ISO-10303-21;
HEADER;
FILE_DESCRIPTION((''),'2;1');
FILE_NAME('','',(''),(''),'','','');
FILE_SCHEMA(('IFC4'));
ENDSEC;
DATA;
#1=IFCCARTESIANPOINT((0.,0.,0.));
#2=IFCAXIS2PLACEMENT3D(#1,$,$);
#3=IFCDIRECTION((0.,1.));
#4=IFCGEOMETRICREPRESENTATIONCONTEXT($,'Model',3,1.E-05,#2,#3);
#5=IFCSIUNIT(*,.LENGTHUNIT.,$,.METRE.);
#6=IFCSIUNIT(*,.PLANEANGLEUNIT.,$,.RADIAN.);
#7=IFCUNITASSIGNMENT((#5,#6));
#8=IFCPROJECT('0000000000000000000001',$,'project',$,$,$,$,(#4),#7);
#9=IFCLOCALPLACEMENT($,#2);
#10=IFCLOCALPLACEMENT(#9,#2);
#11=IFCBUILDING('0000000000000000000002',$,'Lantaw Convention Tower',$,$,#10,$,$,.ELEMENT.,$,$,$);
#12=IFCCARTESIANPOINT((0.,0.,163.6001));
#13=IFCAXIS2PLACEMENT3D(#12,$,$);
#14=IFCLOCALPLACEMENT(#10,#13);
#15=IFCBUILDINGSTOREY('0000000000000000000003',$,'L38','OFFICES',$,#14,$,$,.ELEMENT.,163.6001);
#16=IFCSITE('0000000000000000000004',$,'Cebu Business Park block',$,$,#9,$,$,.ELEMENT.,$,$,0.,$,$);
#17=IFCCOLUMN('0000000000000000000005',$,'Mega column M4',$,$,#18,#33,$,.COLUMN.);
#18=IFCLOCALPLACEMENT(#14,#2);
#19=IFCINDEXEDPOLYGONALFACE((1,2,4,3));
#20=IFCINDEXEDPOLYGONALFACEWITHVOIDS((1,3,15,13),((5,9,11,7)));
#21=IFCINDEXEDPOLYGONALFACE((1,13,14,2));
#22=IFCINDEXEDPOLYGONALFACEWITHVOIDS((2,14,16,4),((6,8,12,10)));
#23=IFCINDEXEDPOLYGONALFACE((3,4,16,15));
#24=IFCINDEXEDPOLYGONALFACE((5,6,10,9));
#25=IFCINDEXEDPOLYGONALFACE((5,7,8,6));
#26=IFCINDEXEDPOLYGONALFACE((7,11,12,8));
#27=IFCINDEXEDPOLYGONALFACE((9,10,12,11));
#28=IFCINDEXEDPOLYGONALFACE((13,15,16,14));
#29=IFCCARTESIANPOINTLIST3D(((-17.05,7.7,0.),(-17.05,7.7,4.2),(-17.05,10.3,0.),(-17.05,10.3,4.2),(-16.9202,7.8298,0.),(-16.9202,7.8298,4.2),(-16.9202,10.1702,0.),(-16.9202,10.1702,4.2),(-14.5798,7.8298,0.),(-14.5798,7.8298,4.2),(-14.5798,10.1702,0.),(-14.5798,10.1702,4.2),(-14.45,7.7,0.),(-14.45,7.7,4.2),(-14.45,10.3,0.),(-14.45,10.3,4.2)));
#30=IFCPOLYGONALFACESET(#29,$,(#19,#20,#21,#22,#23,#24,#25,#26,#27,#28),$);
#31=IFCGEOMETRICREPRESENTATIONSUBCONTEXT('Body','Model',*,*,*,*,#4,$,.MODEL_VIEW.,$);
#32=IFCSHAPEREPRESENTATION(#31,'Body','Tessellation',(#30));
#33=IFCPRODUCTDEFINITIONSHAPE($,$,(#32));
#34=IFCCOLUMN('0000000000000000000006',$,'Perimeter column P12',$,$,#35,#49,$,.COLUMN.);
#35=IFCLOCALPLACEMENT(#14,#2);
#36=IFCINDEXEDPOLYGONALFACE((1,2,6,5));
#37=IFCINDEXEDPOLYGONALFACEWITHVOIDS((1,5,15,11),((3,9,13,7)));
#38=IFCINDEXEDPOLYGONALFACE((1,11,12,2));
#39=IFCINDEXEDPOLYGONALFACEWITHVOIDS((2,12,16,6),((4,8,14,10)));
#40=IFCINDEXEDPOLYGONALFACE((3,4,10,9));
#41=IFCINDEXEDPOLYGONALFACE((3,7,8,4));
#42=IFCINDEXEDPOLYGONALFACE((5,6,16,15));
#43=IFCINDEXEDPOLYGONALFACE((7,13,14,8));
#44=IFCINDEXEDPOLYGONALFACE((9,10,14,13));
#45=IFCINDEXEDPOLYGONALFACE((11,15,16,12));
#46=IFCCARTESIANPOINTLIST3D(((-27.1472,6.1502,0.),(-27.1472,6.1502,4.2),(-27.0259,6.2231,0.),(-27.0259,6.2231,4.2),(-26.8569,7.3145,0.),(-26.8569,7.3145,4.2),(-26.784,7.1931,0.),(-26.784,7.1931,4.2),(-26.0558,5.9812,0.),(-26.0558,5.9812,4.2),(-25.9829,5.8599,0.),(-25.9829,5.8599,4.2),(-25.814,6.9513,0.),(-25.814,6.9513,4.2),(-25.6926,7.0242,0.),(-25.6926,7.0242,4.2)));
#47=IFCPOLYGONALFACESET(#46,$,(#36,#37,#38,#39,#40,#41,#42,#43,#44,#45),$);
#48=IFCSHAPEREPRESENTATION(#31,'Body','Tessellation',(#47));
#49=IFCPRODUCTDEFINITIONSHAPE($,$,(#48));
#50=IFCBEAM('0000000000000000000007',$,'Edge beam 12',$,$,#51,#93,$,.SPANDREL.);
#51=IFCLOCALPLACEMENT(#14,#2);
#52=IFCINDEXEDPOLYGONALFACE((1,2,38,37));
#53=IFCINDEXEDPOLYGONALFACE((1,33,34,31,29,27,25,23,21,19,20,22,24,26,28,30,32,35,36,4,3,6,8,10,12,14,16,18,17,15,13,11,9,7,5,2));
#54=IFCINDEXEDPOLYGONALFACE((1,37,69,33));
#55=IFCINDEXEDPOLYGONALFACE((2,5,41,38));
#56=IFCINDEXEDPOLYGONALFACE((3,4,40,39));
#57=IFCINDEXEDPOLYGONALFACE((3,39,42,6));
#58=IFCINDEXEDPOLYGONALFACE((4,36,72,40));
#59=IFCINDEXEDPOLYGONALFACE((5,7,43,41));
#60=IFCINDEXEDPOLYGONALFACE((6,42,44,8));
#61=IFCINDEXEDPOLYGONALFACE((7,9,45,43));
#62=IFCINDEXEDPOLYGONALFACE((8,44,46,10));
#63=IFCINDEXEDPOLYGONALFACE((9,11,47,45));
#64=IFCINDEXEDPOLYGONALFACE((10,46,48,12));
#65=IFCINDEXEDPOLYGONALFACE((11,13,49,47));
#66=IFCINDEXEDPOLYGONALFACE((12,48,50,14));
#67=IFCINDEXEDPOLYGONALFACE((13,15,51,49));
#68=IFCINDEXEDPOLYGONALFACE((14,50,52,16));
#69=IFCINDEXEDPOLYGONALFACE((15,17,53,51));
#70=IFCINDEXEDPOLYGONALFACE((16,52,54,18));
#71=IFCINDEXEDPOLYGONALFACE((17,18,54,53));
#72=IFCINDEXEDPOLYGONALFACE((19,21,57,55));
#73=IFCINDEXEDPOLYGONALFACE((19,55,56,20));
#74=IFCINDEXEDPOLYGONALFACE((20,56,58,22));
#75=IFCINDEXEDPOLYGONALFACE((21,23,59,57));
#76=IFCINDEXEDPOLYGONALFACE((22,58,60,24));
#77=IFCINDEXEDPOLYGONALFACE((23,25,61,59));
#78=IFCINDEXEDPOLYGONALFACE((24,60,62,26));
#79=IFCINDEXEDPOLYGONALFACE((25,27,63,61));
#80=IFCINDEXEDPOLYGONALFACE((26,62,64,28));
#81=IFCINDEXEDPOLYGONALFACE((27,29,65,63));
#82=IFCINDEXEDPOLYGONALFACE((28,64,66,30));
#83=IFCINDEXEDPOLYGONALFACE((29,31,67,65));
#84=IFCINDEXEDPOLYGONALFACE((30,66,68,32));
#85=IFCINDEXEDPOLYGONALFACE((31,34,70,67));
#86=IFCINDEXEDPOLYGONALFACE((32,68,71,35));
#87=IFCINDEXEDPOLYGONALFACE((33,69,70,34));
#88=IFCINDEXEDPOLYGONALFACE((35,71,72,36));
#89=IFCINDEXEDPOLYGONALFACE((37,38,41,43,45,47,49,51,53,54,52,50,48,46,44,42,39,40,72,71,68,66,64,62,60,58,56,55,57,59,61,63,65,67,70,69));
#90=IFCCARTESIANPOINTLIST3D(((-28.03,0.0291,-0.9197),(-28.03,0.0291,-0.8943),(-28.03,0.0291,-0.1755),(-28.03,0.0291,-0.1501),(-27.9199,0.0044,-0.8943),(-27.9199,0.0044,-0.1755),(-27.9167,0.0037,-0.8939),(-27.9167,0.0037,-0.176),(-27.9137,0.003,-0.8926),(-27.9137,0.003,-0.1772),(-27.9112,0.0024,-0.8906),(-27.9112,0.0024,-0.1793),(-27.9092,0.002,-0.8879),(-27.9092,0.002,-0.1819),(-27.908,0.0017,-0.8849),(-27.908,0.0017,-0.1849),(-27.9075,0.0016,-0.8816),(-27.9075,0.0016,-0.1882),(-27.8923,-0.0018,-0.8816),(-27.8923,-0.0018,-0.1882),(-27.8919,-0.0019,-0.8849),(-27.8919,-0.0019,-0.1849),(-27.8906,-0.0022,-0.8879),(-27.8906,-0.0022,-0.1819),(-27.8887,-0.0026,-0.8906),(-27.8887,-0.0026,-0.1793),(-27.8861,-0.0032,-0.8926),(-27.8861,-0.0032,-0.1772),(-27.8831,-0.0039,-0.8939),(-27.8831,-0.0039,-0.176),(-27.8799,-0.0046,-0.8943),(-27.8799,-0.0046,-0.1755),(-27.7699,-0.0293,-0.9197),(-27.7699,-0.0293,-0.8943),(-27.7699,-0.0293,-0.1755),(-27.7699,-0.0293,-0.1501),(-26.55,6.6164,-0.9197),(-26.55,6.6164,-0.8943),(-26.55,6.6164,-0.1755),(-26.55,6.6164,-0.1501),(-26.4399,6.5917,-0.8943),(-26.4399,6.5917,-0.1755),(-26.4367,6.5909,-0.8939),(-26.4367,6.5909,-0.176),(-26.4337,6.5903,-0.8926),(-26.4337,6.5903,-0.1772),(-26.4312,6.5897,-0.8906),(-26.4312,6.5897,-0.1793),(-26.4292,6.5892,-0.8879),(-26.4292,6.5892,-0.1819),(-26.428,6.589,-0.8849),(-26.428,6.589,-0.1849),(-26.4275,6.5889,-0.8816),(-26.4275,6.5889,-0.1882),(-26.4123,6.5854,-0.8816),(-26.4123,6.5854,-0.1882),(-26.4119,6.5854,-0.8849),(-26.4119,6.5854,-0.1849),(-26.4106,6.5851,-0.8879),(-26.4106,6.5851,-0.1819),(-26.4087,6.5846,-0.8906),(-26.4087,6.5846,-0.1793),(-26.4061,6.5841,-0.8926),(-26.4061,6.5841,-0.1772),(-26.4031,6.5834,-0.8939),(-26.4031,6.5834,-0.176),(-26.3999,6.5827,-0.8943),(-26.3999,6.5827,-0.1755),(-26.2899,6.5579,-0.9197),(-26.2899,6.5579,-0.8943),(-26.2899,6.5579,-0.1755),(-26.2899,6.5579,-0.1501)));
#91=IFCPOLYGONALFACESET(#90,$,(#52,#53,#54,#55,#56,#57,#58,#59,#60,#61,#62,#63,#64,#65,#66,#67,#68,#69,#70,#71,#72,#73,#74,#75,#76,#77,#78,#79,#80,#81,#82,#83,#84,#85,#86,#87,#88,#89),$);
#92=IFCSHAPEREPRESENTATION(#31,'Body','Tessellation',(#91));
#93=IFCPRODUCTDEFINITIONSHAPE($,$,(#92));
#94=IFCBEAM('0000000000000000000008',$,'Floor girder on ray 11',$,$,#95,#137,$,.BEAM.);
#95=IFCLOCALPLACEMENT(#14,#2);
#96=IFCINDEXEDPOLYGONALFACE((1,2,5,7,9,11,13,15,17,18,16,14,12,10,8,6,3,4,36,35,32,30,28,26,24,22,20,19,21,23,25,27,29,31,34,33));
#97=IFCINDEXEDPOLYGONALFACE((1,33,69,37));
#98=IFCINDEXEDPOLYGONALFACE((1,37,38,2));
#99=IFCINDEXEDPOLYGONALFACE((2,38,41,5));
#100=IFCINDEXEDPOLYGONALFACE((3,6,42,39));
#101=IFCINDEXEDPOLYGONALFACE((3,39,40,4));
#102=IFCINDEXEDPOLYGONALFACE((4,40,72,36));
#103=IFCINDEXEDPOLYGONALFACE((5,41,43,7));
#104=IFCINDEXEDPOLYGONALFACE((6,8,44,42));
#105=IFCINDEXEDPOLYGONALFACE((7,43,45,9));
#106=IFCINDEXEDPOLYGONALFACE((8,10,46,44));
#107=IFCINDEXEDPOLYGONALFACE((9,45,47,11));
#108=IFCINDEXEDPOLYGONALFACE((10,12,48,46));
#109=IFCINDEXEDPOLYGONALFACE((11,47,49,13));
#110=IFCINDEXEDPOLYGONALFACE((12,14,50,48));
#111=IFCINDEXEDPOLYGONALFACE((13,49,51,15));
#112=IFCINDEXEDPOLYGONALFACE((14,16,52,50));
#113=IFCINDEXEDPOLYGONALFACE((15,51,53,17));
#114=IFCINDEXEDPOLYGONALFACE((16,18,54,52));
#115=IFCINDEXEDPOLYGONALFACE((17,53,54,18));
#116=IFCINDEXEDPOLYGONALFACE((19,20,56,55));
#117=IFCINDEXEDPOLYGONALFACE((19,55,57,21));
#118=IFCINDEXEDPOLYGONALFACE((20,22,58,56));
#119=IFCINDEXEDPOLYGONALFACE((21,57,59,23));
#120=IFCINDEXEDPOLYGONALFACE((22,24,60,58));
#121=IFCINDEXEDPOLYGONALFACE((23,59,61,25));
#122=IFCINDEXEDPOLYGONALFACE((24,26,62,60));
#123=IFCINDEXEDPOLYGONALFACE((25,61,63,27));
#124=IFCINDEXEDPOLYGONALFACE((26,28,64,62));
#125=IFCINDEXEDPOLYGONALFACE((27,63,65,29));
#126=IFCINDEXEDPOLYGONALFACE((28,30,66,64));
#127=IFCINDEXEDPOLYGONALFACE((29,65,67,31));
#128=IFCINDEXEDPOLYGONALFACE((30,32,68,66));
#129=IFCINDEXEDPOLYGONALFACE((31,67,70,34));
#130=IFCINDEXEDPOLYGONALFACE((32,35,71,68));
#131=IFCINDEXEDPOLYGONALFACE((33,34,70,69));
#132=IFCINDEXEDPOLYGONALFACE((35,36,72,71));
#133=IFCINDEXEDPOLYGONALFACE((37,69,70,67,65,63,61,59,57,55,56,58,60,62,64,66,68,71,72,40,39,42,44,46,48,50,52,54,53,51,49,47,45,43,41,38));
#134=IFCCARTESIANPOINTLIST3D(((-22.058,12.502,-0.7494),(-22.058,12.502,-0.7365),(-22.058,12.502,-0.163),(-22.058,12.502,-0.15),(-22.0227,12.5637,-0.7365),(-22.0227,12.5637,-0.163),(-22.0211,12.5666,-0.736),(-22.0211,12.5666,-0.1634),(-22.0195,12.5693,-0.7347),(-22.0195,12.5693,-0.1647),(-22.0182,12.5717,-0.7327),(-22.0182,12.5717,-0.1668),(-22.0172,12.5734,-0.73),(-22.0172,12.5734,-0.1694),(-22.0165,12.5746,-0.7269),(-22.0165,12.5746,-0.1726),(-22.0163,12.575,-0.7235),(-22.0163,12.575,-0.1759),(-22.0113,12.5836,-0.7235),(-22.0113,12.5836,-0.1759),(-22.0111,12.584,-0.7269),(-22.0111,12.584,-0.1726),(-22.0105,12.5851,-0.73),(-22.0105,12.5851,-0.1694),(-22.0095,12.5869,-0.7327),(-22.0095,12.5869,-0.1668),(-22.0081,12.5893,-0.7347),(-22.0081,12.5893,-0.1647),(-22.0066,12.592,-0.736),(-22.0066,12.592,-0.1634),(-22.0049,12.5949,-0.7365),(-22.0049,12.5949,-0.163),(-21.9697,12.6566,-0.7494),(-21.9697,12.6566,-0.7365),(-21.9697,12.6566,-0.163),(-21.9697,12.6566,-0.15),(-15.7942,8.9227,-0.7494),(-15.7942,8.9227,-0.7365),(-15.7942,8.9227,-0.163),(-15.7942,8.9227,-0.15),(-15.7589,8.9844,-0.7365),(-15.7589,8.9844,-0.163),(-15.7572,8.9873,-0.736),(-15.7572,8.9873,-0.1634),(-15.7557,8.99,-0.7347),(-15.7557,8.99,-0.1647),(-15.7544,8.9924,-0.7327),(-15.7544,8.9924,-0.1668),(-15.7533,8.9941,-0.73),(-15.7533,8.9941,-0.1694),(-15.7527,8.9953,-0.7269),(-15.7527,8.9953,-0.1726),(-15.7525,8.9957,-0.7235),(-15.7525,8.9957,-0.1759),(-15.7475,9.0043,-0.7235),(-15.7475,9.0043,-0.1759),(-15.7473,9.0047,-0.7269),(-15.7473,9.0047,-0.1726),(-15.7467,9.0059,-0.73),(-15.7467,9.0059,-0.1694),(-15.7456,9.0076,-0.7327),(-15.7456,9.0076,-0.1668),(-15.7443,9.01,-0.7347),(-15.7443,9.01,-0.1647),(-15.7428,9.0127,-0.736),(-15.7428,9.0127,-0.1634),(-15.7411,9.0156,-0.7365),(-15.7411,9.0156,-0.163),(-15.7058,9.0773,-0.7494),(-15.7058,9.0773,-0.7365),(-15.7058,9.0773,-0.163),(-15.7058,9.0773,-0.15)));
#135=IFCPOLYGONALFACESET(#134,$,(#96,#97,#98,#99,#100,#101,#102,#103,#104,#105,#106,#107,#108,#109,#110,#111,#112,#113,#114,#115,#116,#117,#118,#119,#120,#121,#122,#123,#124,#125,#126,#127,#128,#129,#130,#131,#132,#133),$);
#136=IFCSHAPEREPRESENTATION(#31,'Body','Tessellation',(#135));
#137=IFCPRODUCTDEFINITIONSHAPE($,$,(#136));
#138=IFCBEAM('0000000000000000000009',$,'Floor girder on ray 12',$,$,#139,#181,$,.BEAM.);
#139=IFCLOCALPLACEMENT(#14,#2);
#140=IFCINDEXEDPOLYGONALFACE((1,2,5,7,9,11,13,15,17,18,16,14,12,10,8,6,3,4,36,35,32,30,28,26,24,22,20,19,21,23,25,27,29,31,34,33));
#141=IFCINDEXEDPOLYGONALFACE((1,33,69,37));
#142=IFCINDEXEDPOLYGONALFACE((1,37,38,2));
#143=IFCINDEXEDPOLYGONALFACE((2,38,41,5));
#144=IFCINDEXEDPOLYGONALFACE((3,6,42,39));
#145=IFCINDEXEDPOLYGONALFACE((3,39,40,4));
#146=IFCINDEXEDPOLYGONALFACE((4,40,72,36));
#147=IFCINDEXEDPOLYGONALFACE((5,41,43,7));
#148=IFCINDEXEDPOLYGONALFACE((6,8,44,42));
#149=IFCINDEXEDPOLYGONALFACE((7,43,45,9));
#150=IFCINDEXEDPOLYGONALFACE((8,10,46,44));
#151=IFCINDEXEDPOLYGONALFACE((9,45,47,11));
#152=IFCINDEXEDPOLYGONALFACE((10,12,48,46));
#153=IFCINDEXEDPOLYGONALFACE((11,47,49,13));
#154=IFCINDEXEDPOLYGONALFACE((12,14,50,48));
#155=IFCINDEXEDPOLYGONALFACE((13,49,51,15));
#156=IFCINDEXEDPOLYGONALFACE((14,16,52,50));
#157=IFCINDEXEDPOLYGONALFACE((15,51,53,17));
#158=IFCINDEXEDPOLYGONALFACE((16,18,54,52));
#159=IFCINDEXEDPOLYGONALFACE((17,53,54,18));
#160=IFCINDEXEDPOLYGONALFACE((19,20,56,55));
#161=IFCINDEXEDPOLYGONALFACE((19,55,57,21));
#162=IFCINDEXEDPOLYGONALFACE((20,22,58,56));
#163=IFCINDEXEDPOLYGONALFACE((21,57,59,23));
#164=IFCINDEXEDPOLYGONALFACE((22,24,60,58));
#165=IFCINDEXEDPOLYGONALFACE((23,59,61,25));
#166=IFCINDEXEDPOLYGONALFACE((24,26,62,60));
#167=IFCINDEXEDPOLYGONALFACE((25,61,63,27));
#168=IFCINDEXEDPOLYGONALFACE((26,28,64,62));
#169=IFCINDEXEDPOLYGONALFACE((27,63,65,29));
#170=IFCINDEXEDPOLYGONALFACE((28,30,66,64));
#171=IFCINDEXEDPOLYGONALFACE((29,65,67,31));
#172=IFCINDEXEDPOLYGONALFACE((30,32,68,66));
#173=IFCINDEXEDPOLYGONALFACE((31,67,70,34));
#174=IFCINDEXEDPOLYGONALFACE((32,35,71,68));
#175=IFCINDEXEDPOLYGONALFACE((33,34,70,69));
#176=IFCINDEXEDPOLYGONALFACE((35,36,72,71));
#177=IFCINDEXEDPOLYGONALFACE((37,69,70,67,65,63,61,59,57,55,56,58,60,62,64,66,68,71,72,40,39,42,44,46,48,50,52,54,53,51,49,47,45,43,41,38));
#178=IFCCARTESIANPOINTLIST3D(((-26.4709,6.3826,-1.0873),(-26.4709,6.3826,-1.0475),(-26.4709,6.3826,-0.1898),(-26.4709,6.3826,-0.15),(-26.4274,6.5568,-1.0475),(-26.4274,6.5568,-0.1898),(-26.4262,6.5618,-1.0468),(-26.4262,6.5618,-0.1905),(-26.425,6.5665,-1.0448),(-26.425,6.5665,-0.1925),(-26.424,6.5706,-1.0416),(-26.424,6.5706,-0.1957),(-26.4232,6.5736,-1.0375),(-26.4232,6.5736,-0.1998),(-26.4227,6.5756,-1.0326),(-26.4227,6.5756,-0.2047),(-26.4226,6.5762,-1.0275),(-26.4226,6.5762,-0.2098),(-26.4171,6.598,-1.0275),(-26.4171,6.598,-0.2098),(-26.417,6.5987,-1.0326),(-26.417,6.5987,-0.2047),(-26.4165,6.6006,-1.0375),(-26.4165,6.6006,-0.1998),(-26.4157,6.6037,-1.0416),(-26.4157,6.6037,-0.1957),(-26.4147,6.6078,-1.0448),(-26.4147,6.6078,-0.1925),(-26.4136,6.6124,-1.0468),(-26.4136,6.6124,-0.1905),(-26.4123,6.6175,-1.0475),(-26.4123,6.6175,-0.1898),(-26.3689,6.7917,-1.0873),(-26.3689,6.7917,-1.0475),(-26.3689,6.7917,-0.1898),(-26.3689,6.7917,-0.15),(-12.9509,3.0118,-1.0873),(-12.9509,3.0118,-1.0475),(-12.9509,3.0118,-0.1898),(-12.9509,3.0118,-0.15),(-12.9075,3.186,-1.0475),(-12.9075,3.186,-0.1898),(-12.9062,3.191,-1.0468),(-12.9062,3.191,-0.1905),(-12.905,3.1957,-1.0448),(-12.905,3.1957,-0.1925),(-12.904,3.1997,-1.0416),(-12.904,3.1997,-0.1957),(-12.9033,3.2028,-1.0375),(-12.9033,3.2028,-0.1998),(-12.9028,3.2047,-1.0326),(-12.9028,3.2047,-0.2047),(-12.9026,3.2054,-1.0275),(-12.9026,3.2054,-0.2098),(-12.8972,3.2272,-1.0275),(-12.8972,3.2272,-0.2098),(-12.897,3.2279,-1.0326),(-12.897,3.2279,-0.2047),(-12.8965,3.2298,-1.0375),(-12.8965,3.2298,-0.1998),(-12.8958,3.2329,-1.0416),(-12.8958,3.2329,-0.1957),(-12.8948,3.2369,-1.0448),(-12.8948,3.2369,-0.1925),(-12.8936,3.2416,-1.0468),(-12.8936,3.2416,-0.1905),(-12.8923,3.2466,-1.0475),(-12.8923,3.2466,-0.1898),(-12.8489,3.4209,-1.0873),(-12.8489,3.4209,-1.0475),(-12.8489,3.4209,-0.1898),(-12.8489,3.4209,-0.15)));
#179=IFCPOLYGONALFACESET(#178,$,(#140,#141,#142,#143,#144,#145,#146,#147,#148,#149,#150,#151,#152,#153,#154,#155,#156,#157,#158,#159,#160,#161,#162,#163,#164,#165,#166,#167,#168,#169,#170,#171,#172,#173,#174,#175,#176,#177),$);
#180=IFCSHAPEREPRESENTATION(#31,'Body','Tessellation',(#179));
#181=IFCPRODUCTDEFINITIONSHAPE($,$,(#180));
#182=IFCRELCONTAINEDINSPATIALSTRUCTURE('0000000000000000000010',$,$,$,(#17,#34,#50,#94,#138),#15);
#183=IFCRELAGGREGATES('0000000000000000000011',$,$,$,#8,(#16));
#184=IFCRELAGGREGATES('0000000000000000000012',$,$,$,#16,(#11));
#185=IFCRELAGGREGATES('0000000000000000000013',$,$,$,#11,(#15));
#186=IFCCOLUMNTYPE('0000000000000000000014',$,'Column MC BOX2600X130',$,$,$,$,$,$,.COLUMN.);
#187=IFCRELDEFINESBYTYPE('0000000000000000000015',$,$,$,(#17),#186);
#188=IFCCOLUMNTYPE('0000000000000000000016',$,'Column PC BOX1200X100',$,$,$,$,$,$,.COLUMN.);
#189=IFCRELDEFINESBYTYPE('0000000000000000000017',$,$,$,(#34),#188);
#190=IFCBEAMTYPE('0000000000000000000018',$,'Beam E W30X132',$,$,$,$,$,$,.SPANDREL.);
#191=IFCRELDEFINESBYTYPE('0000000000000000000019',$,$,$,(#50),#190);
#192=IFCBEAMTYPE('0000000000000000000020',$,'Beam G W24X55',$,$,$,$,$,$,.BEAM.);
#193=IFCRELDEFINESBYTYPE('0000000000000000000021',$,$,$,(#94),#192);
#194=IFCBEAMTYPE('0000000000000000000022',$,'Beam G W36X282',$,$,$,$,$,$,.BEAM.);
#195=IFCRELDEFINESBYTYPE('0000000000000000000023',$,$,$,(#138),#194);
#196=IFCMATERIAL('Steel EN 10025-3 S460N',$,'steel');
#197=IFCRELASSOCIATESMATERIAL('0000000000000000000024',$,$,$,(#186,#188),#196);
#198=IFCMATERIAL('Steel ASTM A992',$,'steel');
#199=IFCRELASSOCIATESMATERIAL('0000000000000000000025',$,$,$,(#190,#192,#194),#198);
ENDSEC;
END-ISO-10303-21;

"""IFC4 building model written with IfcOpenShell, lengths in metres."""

from ifc_helpers import new_model, si_unit, direction, frame, origin, origin_2d, place, context, subcontext, project, spatial, rectangle, hollow_rectangle, i_section, extrude, material, material_profile, profile_set, type_object, element, save


model = new_model("IFC4")

# Units and contexts
model_context = context("Model", 3, precision=1e-05, world=origin(), true_north=direction((0.0, 1.0)))
body_context = subcontext(model_context, "Body", "Model", "MODEL_VIEW")
ifc_project = project(units=[si_unit("LENGTHUNIT", "METRE"), si_unit("PLANEANGLEUNIT", "RADIAN")], contexts=[model_context])

# Site, building, storey
site_placement = place(None, origin())
site = spatial("IfcSite", under=ifc_project, at=site_placement, Name="Cebu Business Park block", CompositionType="ELEMENT", RefElevation=0.0)
building_placement = place(site_placement, origin())
building = spatial("IfcBuilding", under=site, at=building_placement, Name="Lantaw Convention Tower", CompositionType="ELEMENT")
storey_placement = place(building_placement, frame((0.0, 0.0, 163.6001)))
storey = spatial("IfcBuildingStorey", under=building, at=storey_placement, Name="L38", Description="OFFICES", CompositionType="ELEMENT", Elevation=163.6001)

# Columns
ifc_material_1 = material(Name="Steel EN 10025-3 S460N", Category="steel")
ifc_material_profile_1 = material_profile(ifc_material_1, hollow_rectangle(XDim=2.6001, YDim=2.6001, WallThickness=0.1299, at=origin_2d()), Name="BOX2600X130")
ifc_material_2 = material(Name="Concrete C60/75", Category="concrete")
ifc_material_profile_2 = material_profile(ifc_material_2, rectangle(XDim=2.3401, YDim=2.3401, at=origin_2d()), Name="Concrete fill of BOX2600X130")
ifc_profile_set_1 = profile_set([ifc_material_profile_1, ifc_material_profile_2], Name="Steel EN 10025-3 S460N")
column_type_1 = type_object("IfcColumnType", Name="Column MC BOX2600X130", PredefinedType="COLUMN", material=ifc_profile_set_1)
column_1_placement = place(storey_placement, frame((-15.75, 9.0, 0.0), z_axis=(0.0, 0.0, 1.0), x_axis=(1.0, 0.0, 0.0)))
element("IfcColumn", 1, at=column_1_placement, inside=storey, type_object=column_type_1, Name="Mega column M4", PredefinedType="COLUMN", context=body_context, shape_type="SweptSolid", body=[
    extrude(hollow_rectangle(XDim=2.6001, YDim=2.6001, WallThickness=0.1299, at=origin_2d()), origin(), (0.0, 0.0, 1.0), 4.2),
])
ifc_material_profile_3 = material_profile(ifc_material_1, hollow_rectangle(XDim=1.2, YDim=1.2, WallThickness=0.1001, at=origin_2d()), Name="BOX1200X100")
ifc_material_profile_4 = material_profile(ifc_material_2, rectangle(XDim=1.0, YDim=1.0, at=origin_2d()), Name="Concrete fill of BOX1200X100")
ifc_profile_set_2 = profile_set([ifc_material_profile_3, ifc_material_profile_4], Name="Steel EN 10025-3 S460N")
column_type_2 = type_object("IfcColumnType", Name="Column PC BOX1200X100", PredefinedType="COLUMN", material=ifc_profile_set_2)
column_2_placement = place(storey_placement, frame((-26.4199, 6.5872, 0.0), z_axis=(0.0, 0.0, 1.0), x_axis=(0.241922, 0.970296, 0.0)))
element("IfcColumn", 2, at=column_2_placement, inside=storey, type_object=column_type_2, Name="Perimeter column P12", PredefinedType="COLUMN", context=body_context, shape_type="SweptSolid", body=[
    extrude(hollow_rectangle(XDim=1.2, YDim=1.2, WallThickness=0.1001, at=origin_2d()), origin(), (0.0, 0.0, 1.0), 4.2),
])

# Beams
ifc_material_3 = material(Name="Steel ASTM A992", Category="steel")
ifc_material_profile_5 = material_profile(ifc_material_3, i_section(OverallWidth=0.2666, OverallDepth=0.7695, WebThickness=0.0156, FlangeThickness=0.0254, FilletRadius=0.0127, at=origin_2d()), Name="W30X132")
ifc_profile_set_3 = profile_set([ifc_material_profile_5], Name="Steel ASTM A992")
beam_type_1 = type_object("IfcBeamType", Name="Beam E W30X132", PredefinedType="SPANDREL", material=ifc_profile_set_3)
beam_1_placement = place(storey_placement, frame((-26.4199, 6.5872, -0.5349), z_axis=(-0.219212, -0.975677, 0.0), x_axis=(0.975677, -0.219212, 0.0)))
element("IfcBeam", 3, at=beam_1_placement, inside=storey, type_object=beam_type_1, Name="Edge beam 12", PredefinedType="SPANDREL", context=body_context, shape_type="SweptSolid", body=[
    extrude(i_section(OverallWidth=0.2666, OverallDepth=0.7695, WebThickness=0.0156, FlangeThickness=0.0254, FilletRadius=0.0127, at=origin_2d()), origin(), (0.0, 0.0, 1.0), 6.7515),
])
ifc_material_profile_6 = material_profile(ifc_material_3, i_section(OverallWidth=0.178, OverallDepth=0.5994, WebThickness=0.01, FlangeThickness=0.0129, FilletRadius=0.0129, at=origin_2d()), Name="W24X55")
ifc_profile_set_4 = profile_set([ifc_material_profile_6], Name="Steel ASTM A992")
beam_type_2 = type_object("IfcBeamType", Name="Beam G W24X55", PredefinedType="BEAM", material=ifc_profile_set_4)
beam_2_placement = place(storey_placement, frame((-15.75, 9.0, -0.4497), z_axis=(-0.868245, 0.496135, 0.0), x_axis=(-0.496135, -0.868245, 0.0)))
element("IfcBeam", 4, at=beam_2_placement, inside=storey, type_object=beam_type_2, Name="Floor girder on ray 11", PredefinedType="BEAM", context=body_context, shape_type="SweptSolid", body=[
    extrude(i_section(OverallWidth=0.178, OverallDepth=0.5994, WebThickness=0.01, FlangeThickness=0.0129, FilletRadius=0.0129, at=origin_2d()), origin(), (0.0, 0.0, 1.0), 7.2144),
])
ifc_material_profile_7 = material_profile(ifc_material_3, i_section(OverallWidth=0.4216, OverallDepth=0.9373, WebThickness=0.0225, FlangeThickness=0.0398, FilletRadius=0.02, at=origin_2d()), Name="W36X282")
ifc_profile_set_5 = profile_set([ifc_material_profile_7], Name="Steel ASTM A992")
beam_type_3 = type_object("IfcBeamType", Name="Beam G W36X282", PredefinedType="BEAM", material=ifc_profile_set_5)
beam_3_placement = place(storey_placement, frame((-12.8999, 3.2163, -0.6187), z_axis=(-0.970297, 0.241917, 0.0), x_axis=(-0.241917, -0.970297, 0.0)))
element("IfcBeam", 5, at=beam_3_placement, inside=storey, type_object=beam_type_3, Name="Floor girder on ray 12", PredefinedType="BEAM", context=body_context, shape_type="SweptSolid", body=[
    extrude(i_section(OverallWidth=0.4216, OverallDepth=0.9373, WebThickness=0.0225, FlangeThickness=0.0398, FilletRadius=0.02, at=origin_2d()), origin(), (0.0, 0.0, 1.0), 13.9338),
])

save(model, "model.ifc")
